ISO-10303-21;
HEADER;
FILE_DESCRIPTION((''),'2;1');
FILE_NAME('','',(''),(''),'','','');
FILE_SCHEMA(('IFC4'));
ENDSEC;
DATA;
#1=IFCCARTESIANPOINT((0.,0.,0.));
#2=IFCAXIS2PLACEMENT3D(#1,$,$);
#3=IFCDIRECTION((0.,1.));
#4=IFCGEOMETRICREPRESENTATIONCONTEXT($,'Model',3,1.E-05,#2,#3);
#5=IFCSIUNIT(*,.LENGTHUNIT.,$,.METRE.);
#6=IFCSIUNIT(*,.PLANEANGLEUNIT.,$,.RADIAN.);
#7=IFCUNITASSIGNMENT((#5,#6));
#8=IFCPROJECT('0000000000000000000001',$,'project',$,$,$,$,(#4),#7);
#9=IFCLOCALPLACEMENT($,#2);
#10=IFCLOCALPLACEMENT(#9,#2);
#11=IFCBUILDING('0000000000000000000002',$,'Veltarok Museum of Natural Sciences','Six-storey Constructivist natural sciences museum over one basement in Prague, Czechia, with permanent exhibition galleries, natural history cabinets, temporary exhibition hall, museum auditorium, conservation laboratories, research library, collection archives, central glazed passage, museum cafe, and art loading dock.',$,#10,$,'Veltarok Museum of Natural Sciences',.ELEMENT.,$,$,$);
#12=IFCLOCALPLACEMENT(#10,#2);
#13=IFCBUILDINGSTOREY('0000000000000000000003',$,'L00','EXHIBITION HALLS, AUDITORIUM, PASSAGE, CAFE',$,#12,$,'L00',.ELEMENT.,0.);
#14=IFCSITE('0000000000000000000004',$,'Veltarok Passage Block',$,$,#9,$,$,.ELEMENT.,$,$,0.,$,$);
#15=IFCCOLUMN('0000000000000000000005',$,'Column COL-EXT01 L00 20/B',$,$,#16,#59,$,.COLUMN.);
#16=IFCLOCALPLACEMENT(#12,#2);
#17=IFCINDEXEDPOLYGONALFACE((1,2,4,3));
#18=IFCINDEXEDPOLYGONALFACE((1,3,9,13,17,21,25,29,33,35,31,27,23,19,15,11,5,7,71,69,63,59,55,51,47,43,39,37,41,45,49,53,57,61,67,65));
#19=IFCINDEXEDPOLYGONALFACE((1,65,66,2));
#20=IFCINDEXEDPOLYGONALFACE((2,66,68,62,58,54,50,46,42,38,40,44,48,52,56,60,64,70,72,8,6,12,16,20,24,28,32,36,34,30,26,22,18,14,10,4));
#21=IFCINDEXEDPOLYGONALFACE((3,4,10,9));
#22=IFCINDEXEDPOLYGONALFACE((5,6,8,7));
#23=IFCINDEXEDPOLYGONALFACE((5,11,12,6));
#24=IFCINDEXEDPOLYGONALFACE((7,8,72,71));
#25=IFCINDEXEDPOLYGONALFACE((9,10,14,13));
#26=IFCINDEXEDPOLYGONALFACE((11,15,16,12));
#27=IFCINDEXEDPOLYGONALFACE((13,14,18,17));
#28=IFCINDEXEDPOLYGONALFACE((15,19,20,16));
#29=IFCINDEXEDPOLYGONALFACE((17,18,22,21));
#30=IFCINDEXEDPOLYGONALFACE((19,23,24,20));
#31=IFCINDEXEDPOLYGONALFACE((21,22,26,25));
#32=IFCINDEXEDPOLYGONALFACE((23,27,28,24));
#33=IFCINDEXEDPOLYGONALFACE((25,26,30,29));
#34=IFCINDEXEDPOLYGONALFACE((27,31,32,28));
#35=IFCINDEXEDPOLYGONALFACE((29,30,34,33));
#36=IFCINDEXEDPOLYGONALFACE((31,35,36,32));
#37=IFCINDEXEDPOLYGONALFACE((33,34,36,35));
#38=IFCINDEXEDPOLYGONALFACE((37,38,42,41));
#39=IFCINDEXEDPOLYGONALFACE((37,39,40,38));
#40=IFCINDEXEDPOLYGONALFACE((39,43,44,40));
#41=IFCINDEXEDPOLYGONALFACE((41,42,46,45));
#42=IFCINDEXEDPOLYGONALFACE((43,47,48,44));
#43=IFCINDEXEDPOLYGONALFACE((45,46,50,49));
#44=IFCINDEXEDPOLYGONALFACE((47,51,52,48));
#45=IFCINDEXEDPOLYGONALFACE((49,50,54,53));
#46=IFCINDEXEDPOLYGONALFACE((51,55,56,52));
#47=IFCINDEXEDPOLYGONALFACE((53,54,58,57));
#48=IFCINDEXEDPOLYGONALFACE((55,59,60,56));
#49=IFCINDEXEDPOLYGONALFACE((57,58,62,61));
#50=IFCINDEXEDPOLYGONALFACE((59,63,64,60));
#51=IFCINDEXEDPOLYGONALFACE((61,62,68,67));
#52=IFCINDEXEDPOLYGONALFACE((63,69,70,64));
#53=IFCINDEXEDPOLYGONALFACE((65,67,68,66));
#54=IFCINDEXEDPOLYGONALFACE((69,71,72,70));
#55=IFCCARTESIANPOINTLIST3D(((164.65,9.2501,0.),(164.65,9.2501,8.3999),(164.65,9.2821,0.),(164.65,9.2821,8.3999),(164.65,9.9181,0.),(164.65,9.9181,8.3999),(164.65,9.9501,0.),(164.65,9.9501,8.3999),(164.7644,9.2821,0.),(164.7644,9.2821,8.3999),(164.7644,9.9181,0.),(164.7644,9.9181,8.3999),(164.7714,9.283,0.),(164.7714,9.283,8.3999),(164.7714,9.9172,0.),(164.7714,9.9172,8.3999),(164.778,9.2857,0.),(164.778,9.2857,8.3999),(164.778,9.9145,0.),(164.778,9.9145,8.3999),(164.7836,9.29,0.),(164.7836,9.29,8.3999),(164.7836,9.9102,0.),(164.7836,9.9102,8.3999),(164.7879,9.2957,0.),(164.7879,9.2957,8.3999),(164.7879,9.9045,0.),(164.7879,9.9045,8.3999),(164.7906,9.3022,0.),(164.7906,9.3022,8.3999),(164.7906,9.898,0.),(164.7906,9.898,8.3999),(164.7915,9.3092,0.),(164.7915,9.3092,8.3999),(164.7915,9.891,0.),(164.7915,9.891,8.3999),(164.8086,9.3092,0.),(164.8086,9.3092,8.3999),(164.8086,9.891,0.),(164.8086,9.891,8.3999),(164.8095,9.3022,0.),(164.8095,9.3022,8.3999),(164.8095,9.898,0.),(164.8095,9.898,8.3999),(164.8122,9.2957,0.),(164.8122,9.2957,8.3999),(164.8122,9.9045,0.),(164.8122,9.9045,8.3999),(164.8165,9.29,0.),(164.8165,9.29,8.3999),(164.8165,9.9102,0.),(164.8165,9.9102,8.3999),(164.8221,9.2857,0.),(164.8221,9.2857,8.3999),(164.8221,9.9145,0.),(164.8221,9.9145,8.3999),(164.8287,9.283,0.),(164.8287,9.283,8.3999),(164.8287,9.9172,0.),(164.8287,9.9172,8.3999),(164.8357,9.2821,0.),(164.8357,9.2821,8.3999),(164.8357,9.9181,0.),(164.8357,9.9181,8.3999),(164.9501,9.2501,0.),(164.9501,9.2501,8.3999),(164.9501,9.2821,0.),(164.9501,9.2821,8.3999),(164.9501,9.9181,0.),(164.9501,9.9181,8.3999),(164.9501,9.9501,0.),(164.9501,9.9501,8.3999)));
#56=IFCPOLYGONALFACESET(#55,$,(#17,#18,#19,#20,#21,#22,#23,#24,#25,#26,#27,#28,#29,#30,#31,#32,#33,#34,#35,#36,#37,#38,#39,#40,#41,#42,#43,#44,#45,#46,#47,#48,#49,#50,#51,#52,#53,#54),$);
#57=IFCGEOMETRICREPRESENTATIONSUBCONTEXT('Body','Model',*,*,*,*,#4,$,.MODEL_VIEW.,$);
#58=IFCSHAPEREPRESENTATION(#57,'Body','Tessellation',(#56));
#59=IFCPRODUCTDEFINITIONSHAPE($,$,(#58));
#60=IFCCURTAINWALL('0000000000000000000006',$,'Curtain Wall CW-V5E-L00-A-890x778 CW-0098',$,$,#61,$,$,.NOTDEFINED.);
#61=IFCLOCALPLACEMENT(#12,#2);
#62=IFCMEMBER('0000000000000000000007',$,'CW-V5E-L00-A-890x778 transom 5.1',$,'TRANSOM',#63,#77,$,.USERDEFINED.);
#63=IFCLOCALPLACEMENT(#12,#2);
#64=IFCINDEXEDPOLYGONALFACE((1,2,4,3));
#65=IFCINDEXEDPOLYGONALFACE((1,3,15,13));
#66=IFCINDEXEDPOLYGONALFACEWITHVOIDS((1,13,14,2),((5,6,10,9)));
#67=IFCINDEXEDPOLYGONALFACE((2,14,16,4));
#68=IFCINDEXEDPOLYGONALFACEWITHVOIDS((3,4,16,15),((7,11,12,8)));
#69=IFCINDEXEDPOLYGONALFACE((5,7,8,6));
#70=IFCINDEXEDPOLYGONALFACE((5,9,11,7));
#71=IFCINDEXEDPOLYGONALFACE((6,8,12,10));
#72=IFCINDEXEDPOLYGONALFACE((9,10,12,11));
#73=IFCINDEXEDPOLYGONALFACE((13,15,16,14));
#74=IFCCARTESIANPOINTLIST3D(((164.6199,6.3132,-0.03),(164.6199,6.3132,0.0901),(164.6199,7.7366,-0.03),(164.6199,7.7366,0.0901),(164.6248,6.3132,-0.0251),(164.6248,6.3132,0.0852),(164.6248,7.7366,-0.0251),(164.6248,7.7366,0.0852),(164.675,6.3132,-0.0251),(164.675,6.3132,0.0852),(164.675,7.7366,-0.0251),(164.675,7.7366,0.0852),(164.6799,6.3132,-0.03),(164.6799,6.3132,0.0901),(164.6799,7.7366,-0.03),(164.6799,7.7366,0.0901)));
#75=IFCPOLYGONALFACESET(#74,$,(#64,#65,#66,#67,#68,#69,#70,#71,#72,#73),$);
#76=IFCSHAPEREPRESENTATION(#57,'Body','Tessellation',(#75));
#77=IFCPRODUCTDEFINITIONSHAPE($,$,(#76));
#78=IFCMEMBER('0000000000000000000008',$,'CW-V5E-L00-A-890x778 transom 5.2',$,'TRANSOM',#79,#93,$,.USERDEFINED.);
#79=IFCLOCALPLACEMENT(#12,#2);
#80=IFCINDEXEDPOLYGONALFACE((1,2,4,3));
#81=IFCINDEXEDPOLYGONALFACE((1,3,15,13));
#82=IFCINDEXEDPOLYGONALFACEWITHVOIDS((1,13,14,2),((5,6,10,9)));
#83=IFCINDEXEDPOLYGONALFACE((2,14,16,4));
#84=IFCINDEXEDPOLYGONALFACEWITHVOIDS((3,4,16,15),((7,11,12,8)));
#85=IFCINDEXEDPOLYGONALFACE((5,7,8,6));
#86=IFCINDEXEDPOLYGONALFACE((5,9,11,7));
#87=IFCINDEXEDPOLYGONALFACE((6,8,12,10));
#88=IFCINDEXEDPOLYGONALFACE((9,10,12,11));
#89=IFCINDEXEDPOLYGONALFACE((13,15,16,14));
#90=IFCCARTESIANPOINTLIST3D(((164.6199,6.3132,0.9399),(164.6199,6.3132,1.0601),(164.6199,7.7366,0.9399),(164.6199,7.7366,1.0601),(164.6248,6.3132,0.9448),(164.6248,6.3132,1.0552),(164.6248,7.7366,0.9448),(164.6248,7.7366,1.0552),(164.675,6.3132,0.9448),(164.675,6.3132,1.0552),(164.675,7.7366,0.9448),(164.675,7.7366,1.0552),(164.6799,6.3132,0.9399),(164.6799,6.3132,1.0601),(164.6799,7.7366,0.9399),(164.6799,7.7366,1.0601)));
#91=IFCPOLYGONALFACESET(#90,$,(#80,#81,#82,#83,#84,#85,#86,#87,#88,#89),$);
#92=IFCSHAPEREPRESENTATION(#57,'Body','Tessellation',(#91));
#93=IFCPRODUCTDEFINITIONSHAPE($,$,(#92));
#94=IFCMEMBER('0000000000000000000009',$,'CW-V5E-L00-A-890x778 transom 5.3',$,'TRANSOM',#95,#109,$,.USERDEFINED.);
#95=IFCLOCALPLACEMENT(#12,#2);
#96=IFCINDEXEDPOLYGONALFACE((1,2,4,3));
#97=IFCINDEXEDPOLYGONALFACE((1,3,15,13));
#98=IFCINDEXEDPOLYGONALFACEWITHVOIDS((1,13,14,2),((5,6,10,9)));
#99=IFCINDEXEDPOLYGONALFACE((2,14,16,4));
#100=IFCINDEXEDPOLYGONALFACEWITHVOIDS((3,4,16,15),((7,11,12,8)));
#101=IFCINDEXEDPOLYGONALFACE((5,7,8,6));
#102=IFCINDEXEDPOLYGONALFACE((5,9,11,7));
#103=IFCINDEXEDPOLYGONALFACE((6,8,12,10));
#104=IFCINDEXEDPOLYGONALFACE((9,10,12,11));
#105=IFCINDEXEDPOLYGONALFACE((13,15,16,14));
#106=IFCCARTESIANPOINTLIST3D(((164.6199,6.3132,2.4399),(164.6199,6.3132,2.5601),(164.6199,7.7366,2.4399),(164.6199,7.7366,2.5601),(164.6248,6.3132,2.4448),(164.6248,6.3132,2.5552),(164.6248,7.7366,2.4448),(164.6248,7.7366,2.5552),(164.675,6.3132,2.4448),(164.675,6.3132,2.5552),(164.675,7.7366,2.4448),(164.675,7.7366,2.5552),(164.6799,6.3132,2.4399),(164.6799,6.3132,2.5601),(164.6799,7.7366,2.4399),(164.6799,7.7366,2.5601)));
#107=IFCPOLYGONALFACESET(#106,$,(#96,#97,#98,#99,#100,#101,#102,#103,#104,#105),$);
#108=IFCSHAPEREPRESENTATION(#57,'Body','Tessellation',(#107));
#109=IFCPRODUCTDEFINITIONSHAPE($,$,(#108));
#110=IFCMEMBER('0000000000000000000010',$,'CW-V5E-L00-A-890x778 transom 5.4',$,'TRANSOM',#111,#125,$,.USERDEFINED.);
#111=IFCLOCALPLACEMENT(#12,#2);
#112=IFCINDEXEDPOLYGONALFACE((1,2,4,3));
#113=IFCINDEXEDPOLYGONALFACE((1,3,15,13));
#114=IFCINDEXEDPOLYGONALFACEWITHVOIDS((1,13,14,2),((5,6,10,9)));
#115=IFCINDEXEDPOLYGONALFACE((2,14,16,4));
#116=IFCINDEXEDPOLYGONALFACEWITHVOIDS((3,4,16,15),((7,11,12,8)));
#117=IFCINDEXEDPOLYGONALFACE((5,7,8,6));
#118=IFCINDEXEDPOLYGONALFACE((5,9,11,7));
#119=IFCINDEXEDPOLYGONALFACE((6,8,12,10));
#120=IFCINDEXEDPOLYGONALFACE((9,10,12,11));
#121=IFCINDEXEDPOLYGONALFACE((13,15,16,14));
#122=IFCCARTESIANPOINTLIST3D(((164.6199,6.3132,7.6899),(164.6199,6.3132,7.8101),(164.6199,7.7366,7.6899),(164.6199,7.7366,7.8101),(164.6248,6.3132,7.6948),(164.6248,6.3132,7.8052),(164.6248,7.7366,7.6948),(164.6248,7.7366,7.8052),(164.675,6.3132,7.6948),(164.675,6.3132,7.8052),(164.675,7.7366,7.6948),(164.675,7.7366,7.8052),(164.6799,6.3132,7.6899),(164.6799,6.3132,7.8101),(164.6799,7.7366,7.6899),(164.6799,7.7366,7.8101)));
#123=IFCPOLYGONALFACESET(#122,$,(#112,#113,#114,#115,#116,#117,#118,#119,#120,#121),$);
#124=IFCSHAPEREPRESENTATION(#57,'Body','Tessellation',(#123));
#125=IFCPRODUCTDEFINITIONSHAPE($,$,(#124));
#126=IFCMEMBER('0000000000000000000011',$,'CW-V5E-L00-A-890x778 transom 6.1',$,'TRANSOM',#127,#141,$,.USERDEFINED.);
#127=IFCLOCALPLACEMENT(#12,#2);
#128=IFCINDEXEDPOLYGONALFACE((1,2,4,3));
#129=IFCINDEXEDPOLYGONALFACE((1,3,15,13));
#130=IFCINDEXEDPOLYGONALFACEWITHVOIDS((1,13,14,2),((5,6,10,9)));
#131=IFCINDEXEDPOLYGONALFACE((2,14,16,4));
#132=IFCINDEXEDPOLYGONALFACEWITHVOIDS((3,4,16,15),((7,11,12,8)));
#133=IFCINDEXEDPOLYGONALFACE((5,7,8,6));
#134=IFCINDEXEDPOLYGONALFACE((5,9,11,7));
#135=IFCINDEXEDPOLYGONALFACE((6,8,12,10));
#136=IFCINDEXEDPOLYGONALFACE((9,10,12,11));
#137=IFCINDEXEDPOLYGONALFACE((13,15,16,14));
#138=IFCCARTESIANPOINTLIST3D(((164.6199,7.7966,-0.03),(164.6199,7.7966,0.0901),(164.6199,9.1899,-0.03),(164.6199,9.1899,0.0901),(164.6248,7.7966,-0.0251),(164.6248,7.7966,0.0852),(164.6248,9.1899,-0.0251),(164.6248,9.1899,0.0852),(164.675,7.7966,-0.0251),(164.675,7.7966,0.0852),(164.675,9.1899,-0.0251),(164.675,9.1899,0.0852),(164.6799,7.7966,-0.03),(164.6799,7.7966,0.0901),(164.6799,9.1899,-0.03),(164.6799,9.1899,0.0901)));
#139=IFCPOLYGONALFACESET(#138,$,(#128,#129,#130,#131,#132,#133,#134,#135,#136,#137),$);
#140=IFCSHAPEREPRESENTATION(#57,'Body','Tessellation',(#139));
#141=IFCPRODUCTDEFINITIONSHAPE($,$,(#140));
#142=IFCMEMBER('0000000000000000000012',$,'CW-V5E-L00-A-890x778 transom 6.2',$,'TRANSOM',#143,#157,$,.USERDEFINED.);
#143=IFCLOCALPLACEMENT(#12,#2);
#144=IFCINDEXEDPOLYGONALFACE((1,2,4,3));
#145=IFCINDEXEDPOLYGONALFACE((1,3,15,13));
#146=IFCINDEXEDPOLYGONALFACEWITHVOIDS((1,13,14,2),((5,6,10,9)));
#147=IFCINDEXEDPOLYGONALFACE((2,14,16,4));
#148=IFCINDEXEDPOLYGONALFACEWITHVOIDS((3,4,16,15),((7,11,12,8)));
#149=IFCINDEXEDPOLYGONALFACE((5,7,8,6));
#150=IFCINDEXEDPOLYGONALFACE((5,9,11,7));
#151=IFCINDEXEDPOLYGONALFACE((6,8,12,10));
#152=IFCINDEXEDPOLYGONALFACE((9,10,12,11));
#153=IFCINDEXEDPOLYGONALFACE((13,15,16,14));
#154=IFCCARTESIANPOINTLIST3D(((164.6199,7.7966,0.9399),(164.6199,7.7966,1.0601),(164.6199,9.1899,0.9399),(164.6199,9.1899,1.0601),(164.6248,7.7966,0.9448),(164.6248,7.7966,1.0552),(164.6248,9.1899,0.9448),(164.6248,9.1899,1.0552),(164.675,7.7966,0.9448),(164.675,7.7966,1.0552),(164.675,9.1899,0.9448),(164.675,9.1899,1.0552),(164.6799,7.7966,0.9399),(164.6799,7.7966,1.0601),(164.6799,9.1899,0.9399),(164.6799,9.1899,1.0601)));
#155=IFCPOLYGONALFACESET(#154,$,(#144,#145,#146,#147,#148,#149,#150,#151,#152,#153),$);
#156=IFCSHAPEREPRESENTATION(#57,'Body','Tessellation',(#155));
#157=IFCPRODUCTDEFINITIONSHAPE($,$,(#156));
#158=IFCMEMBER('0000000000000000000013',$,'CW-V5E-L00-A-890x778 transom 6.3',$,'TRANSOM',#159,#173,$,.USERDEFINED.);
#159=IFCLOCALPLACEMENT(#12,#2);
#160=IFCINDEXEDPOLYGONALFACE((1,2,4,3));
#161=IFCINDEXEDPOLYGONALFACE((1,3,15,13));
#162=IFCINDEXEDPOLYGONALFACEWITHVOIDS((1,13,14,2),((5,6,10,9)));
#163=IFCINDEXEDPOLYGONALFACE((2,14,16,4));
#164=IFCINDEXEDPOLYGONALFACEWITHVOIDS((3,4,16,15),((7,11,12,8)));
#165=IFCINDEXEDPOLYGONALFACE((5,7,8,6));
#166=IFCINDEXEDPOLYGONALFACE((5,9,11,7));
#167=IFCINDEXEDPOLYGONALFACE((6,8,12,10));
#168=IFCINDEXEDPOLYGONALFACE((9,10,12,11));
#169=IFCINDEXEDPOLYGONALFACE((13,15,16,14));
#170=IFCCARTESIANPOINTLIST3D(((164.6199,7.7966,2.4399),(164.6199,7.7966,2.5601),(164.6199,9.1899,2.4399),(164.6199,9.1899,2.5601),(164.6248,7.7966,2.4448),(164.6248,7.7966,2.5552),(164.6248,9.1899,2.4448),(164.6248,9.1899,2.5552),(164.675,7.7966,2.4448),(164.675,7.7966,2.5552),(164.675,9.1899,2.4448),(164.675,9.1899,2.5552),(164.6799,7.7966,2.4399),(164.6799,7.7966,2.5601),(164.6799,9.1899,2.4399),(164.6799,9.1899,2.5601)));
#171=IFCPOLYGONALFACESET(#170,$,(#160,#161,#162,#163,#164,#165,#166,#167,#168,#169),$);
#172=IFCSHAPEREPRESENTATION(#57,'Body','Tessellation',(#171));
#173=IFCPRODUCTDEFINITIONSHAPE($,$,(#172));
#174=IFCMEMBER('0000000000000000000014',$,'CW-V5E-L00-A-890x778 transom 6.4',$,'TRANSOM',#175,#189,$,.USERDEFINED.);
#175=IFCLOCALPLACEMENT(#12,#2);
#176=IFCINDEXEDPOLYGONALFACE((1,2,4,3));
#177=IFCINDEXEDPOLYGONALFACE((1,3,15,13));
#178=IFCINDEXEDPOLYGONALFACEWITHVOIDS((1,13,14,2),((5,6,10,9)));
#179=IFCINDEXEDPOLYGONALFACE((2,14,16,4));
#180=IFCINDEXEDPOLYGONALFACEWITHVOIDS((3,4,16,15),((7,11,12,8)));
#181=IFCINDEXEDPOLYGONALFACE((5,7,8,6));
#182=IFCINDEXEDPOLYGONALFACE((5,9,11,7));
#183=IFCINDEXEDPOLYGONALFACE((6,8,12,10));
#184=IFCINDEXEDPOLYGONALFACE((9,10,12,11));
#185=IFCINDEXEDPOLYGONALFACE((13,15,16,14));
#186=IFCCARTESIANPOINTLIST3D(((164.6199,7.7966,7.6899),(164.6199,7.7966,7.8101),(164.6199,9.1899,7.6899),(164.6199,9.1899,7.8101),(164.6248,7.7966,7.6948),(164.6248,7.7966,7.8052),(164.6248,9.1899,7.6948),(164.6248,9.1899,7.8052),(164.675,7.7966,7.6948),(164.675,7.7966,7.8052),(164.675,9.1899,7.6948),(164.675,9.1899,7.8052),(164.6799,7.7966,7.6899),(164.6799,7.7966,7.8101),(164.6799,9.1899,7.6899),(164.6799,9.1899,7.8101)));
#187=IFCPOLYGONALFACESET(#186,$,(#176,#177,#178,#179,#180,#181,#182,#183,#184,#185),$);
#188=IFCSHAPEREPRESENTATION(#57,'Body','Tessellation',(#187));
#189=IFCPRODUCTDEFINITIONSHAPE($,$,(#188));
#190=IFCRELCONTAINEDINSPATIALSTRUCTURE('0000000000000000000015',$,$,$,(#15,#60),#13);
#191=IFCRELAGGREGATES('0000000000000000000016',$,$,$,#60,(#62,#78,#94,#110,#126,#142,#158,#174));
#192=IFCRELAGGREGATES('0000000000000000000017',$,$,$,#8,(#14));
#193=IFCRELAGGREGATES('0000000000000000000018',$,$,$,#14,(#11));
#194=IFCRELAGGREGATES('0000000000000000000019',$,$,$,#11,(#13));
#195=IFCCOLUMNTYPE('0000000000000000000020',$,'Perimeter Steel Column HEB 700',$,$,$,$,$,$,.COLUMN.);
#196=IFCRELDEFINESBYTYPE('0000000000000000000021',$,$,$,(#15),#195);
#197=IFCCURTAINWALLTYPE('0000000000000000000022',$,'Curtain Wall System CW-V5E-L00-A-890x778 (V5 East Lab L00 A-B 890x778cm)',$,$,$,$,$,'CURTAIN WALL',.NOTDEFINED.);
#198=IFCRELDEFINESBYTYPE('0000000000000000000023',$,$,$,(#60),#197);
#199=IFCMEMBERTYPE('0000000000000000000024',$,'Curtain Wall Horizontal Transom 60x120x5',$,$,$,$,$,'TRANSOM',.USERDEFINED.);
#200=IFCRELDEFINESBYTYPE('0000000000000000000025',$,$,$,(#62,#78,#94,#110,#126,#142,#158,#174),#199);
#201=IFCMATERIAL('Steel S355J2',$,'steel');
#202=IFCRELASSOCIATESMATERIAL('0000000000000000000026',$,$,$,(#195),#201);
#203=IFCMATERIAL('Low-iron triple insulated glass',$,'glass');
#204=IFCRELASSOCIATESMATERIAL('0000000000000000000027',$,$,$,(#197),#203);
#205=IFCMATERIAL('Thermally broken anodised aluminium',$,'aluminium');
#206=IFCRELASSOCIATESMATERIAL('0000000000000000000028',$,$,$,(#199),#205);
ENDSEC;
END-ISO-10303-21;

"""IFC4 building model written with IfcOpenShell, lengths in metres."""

from ifc_helpers import new_model, si_unit, direction, frame, origin, origin_2d, place, context, subcontext, project, spatial, hollow_rectangle, i_section, extrude, material, material_profile, profile_set, type_object, element, aggregate, save


model = new_model("IFC4")

# Units and contexts
model_context = context("Model", 3, precision=1e-05, world=origin(), true_north=direction((0.0, 1.0)))
body_context = subcontext(model_context, "Body", "Model", "MODEL_VIEW")
ifc_project = project(units=[si_unit("LENGTHUNIT", "METRE"), si_unit("PLANEANGLEUNIT", "RADIAN")], contexts=[model_context])

# Site, building, storey
site_placement = place(None, origin())
site = spatial("IfcSite", under=ifc_project, at=site_placement, Name="Veltarok Passage Block", CompositionType="ELEMENT", RefElevation=0.0)
building_placement = place(site_placement, origin())
building = spatial("IfcBuilding", under=site, at=building_placement, Name="Veltarok Museum of Natural Sciences", Description="Six-storey Constructivist natural sciences museum over one basement in Prague, Czechia, with permanent exhibition galleries, natural history cabinets, temporary exhibition hall, museum auditorium, conservation laboratories, research library, collection archives, central glazed passage, museum cafe, and art loading dock.", LongName="Veltarok Museum of Natural Sciences", CompositionType="ELEMENT")
storey_placement = place(building_placement, origin())
storey = spatial("IfcBuildingStorey", under=building, at=storey_placement, Name="L00", Description="EXHIBITION HALLS, AUDITORIUM, PASSAGE, CAFE", LongName="L00", CompositionType="ELEMENT", Elevation=0.0)

# Column
ifc_material_1 = material(Name="Steel S355J2", Category="steel")
ifc_material_profile_1 = material_profile(ifc_material_1, i_section(OverallWidth=0.3, OverallDepth=0.7, WebThickness=0.0171, FlangeThickness=0.032, FilletRadius=0.0271, at=origin_2d()), Name="HEB 700")
ifc_profile_set_1 = profile_set([ifc_material_profile_1], Name="Steel S355J2")
column_type = type_object("IfcColumnType", Name="Perimeter Steel Column HEB 700", PredefinedType="COLUMN", material=ifc_profile_set_1)
column_placement = place(storey_placement, frame((164.8, 9.6001, 0.0), z_axis=(0.0, 0.0, 1.0), x_axis=(1.0, 0.0, 0.0)))
element("IfcColumn", 1, at=column_placement, inside=storey, type_object=column_type, Name="Column COL-EXT01 L00 20/B", PredefinedType="COLUMN", context=body_context, shape_type="SweptSolid", body=[
    extrude(i_section(OverallWidth=0.3, OverallDepth=0.7, WebThickness=0.0171, FlangeThickness=0.032, FilletRadius=0.0271, at=origin_2d()), origin(), (0.0, 0.0, 1.0), 8.3999),
])

# Curtain wall, members
ifc_material_2 = material(Name="Low-iron triple insulated glass", Category="glass")
curtain_wall_type_1 = type_object("IfcCurtainWallType", Name="Curtain Wall System CW-V5E-L00-A-890x778 (V5 East Lab L00 A-B 890x778cm)", ElementType="CURTAIN WALL", PredefinedType="NOTDEFINED", material=ifc_material_2)
curtain_wall_1_placement = place(storey_placement, origin())
curtain_wall_1 = element("IfcCurtainWall", 2, at=curtain_wall_1_placement, inside=storey, type_object=curtain_wall_type_1, Name="Curtain Wall CW-V5E-L00-A-890x778 CW-0098", PredefinedType="NOTDEFINED")
ifc_material_3 = material(Name="Thermally broken anodised aluminium", Category="aluminium")
ifc_material_profile_2 = material_profile(ifc_material_3, hollow_rectangle(XDim=0.0601, YDim=0.1201, WallThickness=0.0049, at=origin_2d()), Name="CW TRANSOM 60x120x5")
ifc_profile_set_2 = profile_set([ifc_material_profile_2], Name="Thermally broken anodised aluminium")
member_type_1 = type_object("IfcMemberType", Name="Curtain Wall Horizontal Transom 60x120x5", ElementType="TRANSOM", PredefinedType="USERDEFINED", material=ifc_profile_set_2)
member_1_placement = place(storey_placement, frame((164.6499, 6.3132, 0.03), z_axis=(0.0, 1.0, 0.0), x_axis=(-1.0, 0.0, 0.0)))
member_1 = element("IfcMember", 3, at=member_1_placement, type_object=member_type_1, Name="CW-V5E-L00-A-890x778 transom 5.1", ObjectType="TRANSOM", PredefinedType="USERDEFINED", context=body_context, shape_type="SweptSolid", body=[
    extrude(hollow_rectangle(XDim=0.0601, YDim=0.1201, WallThickness=0.0049, at=origin_2d()), origin(), (0.0, 0.0, 1.0), 1.4233),
])
member_2_placement = place(storey_placement, frame((164.6499, 6.3132, 1.0), z_axis=(0.0, 1.0, 0.0), x_axis=(-1.0, 0.0, 0.0)))
member_2 = element("IfcMember", 4, at=member_2_placement, type_object=member_type_1, Name="CW-V5E-L00-A-890x778 transom 5.2", ObjectType="TRANSOM", PredefinedType="USERDEFINED", context=body_context, shape_type="SweptSolid", body=[
    extrude(hollow_rectangle(XDim=0.0601, YDim=0.1201, WallThickness=0.0049, at=origin_2d()), origin(), (0.0, 0.0, 1.0), 1.4233),
])
member_3_placement = place(storey_placement, frame((164.6499, 6.3132, 2.5), z_axis=(0.0, 1.0, 0.0), x_axis=(-1.0, 0.0, 0.0)))
member_3 = element("IfcMember", 5, at=member_3_placement, type_object=member_type_1, Name="CW-V5E-L00-A-890x778 transom 5.3", ObjectType="TRANSOM", PredefinedType="USERDEFINED", context=body_context, shape_type="SweptSolid", body=[
    extrude(hollow_rectangle(XDim=0.0601, YDim=0.1201, WallThickness=0.0049, at=origin_2d()), origin(), (0.0, 0.0, 1.0), 1.4233),
])
member_4_placement = place(storey_placement, frame((164.6499, 6.3132, 7.75), z_axis=(0.0, 1.0, 0.0), x_axis=(-1.0, 0.0, 0.0)))
member_4 = element("IfcMember", 6, at=member_4_placement, type_object=member_type_1, Name="CW-V5E-L00-A-890x778 transom 5.4", ObjectType="TRANSOM", PredefinedType="USERDEFINED", context=body_context, shape_type="SweptSolid", body=[
    extrude(hollow_rectangle(XDim=0.0601, YDim=0.1201, WallThickness=0.0049, at=origin_2d()), origin(), (0.0, 0.0, 1.0), 1.4233),
])
member_5_placement = place(storey_placement, frame((164.6499, 7.7966, 0.03), z_axis=(0.0, 1.0, 0.0), x_axis=(-1.0, 0.0, 0.0)))
member_5 = element("IfcMember", 7, at=member_5_placement, type_object=member_type_1, Name="CW-V5E-L00-A-890x778 transom 6.1", ObjectType="TRANSOM", PredefinedType="USERDEFINED", context=body_context, shape_type="SweptSolid", body=[
    extrude(hollow_rectangle(XDim=0.0601, YDim=0.1201, WallThickness=0.0049, at=origin_2d()), origin(), (0.0, 0.0, 1.0), 1.3933),
])
member_6_placement = place(storey_placement, frame((164.6499, 7.7966, 1.0), z_axis=(0.0, 1.0, 0.0), x_axis=(-1.0, 0.0, 0.0)))
member_6 = element("IfcMember", 8, at=member_6_placement, type_object=member_type_1, Name="CW-V5E-L00-A-890x778 transom 6.2", ObjectType="TRANSOM", PredefinedType="USERDEFINED", context=body_context, shape_type="SweptSolid", body=[
    extrude(hollow_rectangle(XDim=0.0601, YDim=0.1201, WallThickness=0.0049, at=origin_2d()), origin(), (0.0, 0.0, 1.0), 1.3933),
])
member_7_placement = place(storey_placement, frame((164.6499, 7.7966, 2.5), z_axis=(0.0, 1.0, 0.0), x_axis=(-1.0, 0.0, 0.0)))
member_7 = element("IfcMember", 9, at=member_7_placement, type_object=member_type_1, Name="CW-V5E-L00-A-890x778 transom 6.3", ObjectType="TRANSOM", PredefinedType="USERDEFINED", context=body_context, shape_type="SweptSolid", body=[
    extrude(hollow_rectangle(XDim=0.0601, YDim=0.1201, WallThickness=0.0049, at=origin_2d()), origin(), (0.0, 0.0, 1.0), 1.3933),
])
member_8_placement = place(storey_placement, frame((164.6499, 7.7966, 7.75), z_axis=(0.0, 1.0, 0.0), x_axis=(-1.0, 0.0, 0.0)))
member_8 = element("IfcMember", 10, at=member_8_placement, type_object=member_type_1, Name="CW-V5E-L00-A-890x778 transom 6.4", ObjectType="TRANSOM", PredefinedType="USERDEFINED", context=body_context, shape_type="SweptSolid", body=[
    extrude(hollow_rectangle(XDim=0.0601, YDim=0.1201, WallThickness=0.0049, at=origin_2d()), origin(), (0.0, 0.0, 1.0), 1.3933),
])

aggregate(curtain_wall_1, [member_1, member_2, member_3, member_4, member_5, member_6, member_7, member_8])

save(model, "model.ifc")
